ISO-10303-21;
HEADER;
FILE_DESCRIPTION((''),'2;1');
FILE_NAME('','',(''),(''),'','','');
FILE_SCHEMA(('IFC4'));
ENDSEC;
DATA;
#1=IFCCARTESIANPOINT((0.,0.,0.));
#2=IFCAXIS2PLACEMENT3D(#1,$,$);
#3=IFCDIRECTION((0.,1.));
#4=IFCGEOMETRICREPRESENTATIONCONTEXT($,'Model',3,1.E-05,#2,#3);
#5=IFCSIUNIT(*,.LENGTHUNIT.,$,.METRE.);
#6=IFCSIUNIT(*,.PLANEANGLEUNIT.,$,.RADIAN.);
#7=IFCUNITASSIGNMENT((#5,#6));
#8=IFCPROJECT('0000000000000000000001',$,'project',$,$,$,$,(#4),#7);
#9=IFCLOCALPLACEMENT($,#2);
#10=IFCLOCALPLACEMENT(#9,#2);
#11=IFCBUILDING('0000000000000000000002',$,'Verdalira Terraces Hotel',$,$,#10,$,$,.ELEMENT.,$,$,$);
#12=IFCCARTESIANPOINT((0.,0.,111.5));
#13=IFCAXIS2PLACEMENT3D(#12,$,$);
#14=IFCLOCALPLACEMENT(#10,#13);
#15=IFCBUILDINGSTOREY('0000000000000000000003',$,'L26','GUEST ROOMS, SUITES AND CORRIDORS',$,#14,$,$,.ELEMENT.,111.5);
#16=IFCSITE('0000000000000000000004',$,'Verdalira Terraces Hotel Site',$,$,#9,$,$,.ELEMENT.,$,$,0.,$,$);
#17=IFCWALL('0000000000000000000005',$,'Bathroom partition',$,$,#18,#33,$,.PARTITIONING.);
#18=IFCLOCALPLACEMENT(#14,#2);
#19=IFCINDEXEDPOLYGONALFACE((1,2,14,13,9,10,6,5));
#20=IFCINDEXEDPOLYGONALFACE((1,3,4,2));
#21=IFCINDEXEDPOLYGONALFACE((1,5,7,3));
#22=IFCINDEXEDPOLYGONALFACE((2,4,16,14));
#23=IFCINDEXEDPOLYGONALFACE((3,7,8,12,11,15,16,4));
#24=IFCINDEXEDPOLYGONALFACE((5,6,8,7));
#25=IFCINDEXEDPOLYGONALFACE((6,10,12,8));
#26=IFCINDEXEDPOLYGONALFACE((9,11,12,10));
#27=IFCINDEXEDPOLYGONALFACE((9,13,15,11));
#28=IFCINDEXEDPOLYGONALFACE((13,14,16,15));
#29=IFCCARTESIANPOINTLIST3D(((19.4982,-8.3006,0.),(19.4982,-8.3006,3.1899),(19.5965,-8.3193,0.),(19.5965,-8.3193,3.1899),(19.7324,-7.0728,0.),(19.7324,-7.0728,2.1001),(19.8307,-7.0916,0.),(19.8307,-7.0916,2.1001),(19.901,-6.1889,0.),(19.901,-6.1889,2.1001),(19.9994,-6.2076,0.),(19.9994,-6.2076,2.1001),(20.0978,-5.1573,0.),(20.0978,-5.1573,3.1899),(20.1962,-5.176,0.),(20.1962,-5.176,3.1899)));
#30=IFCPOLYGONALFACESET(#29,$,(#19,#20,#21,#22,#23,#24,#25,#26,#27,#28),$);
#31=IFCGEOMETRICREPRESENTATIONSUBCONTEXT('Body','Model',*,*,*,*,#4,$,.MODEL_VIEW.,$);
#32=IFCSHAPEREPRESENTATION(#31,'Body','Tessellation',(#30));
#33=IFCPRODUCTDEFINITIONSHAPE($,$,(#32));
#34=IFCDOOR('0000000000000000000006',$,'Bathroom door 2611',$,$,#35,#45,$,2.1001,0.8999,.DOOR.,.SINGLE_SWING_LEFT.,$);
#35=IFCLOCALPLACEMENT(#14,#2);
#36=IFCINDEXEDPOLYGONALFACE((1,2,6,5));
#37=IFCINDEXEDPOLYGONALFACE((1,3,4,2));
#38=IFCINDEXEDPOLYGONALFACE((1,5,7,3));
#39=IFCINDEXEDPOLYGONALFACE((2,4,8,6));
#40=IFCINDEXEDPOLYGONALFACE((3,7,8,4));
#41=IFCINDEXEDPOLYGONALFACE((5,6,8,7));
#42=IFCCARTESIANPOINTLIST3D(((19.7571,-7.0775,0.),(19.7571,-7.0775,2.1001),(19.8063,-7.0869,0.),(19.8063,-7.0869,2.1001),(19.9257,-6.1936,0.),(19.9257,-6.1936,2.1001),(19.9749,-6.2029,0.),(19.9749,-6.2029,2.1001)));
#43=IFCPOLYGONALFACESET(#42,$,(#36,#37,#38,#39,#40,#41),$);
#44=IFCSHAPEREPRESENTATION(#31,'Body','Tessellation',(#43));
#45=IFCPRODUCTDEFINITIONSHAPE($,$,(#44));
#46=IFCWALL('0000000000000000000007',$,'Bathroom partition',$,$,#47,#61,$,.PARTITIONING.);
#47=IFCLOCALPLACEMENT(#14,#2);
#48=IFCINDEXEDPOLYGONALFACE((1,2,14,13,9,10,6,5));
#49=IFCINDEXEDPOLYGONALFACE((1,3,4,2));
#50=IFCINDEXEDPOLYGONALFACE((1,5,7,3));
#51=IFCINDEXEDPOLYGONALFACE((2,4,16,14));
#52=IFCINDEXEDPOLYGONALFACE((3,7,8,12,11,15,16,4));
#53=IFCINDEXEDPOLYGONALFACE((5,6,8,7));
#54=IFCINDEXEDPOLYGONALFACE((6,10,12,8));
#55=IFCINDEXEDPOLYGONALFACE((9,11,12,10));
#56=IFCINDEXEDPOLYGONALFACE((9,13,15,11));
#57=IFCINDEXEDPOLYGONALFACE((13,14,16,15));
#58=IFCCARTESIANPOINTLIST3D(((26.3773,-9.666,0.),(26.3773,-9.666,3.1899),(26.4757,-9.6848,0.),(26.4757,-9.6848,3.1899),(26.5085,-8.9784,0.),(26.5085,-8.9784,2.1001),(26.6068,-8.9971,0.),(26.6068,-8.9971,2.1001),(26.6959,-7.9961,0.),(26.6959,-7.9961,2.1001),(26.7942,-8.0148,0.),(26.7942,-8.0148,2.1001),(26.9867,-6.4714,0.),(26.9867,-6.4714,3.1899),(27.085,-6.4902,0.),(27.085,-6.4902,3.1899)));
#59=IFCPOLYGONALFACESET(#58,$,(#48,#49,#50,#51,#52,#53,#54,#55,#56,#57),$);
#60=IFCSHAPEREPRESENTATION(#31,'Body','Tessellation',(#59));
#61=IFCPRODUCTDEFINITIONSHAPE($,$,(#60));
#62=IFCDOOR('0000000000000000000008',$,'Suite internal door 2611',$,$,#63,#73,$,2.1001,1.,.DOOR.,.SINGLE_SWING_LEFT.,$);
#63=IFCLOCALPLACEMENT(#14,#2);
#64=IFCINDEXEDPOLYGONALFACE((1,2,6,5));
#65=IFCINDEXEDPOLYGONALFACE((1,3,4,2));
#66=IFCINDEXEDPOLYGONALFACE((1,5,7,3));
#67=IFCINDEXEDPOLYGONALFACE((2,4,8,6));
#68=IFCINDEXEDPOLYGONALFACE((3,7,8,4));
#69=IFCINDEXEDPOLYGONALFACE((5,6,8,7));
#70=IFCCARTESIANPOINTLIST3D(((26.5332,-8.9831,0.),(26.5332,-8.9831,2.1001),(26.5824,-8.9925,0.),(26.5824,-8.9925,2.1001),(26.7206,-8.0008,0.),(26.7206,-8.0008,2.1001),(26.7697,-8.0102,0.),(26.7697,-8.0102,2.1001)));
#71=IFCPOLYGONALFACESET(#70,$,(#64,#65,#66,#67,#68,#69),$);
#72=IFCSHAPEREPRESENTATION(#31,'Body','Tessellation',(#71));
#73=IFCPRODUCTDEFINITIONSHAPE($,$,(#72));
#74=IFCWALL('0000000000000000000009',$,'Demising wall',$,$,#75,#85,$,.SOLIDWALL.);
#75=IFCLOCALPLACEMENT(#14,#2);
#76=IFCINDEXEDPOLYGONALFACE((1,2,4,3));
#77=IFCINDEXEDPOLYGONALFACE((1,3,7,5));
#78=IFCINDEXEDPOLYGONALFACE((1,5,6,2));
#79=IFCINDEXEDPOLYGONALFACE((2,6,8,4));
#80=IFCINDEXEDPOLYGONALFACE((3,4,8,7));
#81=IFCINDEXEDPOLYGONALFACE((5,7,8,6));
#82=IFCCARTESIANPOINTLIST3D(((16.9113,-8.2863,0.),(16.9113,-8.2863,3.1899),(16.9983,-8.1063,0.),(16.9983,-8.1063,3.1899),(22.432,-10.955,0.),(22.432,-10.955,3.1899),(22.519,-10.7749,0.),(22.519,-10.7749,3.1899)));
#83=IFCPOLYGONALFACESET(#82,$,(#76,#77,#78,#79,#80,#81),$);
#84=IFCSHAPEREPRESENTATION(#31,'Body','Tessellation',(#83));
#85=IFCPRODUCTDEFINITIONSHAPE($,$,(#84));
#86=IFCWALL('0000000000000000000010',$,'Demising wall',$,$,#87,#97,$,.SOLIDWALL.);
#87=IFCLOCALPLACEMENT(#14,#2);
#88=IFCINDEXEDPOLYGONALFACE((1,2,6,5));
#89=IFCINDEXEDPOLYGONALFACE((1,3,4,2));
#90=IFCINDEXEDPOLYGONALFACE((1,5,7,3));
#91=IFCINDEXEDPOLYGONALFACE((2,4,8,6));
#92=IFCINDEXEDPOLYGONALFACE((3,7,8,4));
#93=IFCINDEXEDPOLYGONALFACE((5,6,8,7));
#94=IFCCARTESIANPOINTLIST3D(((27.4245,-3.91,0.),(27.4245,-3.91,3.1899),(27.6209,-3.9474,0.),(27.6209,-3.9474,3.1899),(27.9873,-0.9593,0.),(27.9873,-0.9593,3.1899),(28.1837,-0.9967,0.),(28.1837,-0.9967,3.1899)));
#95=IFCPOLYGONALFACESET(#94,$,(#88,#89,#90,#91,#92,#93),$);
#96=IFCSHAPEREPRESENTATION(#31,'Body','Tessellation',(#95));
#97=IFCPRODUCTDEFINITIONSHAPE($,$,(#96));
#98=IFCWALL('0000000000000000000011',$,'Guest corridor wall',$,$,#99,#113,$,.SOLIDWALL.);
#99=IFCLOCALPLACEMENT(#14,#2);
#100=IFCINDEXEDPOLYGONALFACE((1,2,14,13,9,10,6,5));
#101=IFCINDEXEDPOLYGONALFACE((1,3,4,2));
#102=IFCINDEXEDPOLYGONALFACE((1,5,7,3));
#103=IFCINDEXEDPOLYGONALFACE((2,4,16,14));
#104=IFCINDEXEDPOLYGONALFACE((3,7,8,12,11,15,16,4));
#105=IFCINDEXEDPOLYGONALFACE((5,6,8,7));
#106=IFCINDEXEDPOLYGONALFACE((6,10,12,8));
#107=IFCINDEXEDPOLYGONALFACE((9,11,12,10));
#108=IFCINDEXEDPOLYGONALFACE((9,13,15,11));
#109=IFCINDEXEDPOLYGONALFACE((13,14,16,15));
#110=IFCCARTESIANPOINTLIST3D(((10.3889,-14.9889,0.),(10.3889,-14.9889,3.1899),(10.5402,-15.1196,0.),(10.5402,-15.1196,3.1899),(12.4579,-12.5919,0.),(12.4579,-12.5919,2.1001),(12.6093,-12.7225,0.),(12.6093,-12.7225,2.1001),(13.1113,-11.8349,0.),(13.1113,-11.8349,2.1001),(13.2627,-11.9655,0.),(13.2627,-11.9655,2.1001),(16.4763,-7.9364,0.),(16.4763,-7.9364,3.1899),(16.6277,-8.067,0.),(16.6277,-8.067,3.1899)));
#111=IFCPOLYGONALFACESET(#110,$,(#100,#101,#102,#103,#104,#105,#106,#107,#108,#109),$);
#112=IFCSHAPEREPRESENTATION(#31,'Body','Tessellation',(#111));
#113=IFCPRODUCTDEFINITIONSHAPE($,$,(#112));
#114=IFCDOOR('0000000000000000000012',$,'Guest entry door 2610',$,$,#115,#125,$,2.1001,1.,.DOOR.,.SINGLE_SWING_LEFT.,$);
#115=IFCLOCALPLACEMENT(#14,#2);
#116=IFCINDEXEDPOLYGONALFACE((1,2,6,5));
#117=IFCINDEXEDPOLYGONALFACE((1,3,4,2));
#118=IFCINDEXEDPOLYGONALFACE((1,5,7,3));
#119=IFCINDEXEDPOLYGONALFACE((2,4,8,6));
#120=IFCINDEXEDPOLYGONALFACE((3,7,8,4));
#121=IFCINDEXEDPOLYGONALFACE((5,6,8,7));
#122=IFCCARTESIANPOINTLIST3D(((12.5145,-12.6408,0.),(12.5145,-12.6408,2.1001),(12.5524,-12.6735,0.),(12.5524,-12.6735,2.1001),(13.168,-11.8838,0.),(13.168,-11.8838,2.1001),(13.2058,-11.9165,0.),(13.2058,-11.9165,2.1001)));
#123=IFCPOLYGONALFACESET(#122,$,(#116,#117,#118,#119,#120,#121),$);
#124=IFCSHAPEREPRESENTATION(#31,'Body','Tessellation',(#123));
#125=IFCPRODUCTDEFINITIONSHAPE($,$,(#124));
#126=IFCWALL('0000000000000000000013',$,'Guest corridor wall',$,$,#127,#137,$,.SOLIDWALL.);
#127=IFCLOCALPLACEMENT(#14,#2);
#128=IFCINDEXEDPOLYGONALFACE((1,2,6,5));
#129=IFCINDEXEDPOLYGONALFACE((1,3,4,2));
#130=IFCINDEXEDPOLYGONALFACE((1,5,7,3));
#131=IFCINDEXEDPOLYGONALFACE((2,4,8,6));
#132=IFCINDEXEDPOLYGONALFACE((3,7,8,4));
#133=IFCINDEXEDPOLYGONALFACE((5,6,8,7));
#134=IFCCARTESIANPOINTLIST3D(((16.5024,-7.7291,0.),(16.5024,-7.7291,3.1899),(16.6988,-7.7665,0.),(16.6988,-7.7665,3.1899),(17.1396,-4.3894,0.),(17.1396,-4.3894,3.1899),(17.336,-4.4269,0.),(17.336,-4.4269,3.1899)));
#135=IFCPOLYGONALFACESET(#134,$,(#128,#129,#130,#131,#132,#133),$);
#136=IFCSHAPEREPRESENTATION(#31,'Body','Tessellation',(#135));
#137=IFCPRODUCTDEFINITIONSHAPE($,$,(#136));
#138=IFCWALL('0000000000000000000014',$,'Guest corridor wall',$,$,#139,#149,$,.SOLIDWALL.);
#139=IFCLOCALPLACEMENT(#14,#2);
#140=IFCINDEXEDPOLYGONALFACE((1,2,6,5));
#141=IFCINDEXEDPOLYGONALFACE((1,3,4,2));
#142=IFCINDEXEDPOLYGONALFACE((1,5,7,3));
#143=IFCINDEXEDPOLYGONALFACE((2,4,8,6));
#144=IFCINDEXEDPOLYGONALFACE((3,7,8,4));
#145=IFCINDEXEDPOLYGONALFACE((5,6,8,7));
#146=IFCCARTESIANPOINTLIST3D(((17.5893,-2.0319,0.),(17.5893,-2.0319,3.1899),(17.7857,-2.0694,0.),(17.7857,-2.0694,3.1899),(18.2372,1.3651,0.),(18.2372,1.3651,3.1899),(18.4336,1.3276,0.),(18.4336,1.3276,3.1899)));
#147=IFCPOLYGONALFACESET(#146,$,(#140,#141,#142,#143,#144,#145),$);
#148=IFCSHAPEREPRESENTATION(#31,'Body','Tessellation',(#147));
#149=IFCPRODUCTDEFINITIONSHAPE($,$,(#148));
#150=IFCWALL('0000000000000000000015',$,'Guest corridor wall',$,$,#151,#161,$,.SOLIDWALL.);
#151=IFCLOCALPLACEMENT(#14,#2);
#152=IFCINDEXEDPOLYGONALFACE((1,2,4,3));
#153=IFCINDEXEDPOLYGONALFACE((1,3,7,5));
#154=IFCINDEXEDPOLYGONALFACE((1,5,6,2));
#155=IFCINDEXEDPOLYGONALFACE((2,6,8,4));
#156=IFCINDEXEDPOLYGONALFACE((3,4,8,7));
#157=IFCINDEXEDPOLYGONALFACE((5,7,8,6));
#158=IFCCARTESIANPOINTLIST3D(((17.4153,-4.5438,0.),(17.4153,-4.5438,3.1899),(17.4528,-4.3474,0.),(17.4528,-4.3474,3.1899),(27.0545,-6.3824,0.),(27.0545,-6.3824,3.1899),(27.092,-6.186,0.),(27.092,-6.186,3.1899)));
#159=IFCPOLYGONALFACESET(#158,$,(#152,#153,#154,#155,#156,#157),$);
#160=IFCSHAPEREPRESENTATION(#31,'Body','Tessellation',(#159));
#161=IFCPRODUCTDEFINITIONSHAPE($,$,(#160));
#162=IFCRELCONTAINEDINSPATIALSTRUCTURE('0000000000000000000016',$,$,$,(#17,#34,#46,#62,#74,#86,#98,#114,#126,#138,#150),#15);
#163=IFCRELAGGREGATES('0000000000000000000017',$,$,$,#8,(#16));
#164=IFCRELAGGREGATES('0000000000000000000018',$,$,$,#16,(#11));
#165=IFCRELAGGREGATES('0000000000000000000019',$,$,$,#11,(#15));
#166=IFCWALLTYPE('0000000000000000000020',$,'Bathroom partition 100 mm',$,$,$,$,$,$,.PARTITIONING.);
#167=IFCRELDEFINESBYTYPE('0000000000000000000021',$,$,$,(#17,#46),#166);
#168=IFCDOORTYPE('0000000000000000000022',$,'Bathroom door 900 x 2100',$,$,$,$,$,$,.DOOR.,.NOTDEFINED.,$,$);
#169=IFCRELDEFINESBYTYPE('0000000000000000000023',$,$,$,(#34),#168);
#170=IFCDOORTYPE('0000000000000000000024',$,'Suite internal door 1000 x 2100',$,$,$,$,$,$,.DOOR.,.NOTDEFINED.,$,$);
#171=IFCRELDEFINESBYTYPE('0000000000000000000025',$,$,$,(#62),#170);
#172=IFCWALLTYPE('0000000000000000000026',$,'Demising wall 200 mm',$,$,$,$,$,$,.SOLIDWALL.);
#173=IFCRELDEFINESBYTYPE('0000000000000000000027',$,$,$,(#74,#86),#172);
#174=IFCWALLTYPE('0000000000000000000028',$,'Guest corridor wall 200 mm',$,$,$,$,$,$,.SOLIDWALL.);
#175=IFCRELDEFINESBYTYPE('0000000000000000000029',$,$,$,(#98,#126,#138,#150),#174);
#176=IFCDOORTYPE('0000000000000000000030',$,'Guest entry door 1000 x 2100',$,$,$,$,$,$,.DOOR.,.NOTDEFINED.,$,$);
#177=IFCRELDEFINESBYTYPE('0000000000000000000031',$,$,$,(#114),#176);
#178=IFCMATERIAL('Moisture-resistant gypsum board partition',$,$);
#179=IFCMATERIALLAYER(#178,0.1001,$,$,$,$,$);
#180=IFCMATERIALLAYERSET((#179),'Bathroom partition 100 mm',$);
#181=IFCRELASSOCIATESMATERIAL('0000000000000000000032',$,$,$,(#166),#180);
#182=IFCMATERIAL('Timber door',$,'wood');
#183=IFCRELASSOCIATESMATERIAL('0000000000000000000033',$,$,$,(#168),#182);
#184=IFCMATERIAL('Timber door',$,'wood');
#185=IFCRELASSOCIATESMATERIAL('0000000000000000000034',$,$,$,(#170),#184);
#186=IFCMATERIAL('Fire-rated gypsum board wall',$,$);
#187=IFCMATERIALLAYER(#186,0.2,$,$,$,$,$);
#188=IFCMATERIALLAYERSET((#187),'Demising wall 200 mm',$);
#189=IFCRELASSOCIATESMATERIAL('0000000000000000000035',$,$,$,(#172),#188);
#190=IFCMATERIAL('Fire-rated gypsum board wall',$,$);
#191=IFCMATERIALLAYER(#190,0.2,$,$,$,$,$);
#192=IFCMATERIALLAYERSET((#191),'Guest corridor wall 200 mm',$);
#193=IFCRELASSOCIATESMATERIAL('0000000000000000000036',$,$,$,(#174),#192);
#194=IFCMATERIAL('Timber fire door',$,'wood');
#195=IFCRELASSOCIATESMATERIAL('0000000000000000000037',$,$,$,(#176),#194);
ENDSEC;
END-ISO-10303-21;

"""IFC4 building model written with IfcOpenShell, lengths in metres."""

from ifc_helpers import new_model, si_unit, direction, frame, frame_2d, origin, place, context, subcontext, project, spatial, rectangle, extrude, material, layer, layer_set, type_object, element, fill, save


model = new_model("IFC4")

# Units and contexts
model_context = context("Model", 3, precision=1e-05, world=origin(), true_north=direction((0.0, 1.0)))
body_context = subcontext(model_context, "Body", "Model", "MODEL_VIEW")
ifc_project = project(units=[si_unit("LENGTHUNIT", "METRE"), si_unit("PLANEANGLEUNIT", "RADIAN")], contexts=[model_context])

# Site, building, storey
site_placement = place(None, origin())
site = spatial("IfcSite", under=ifc_project, at=site_placement, Name="Verdalira Terraces Hotel Site", CompositionType="ELEMENT", RefElevation=0.0)
building_placement = place(site_placement, origin())
building = spatial("IfcBuilding", under=site, at=building_placement, Name="Verdalira Terraces Hotel", CompositionType="ELEMENT")
storey_placement = place(building_placement, frame((0.0, 0.0, 111.5)))
storey = spatial("IfcBuildingStorey", under=building, at=storey_placement, Name="L26", Description="GUEST ROOMS, SUITES AND CORRIDORS", CompositionType="ELEMENT", Elevation=111.5)

# Shared definitions
ifc_material_1 = material(Name="Moisture-resistant gypsum board partition")
ifc_layer_1 = layer(ifc_material_1, 0.1001)
ifc_layer_set_1 = layer_set([ifc_layer_1], Name="Bathroom partition 100 mm")
wall_type_1 = type_object("IfcWallType", Name="Bathroom partition 100 mm", PredefinedType="PARTITIONING", material=ifc_layer_set_1)

# Walls, openings, doors
wall_1_placement = place(storey_placement, frame((19.5474, -8.3101, 0.0), z_axis=(0.0, 0.0, 1.0), x_axis=(0.187379, 0.982288, 0.0)))
wall_1 = element("IfcWall", 1, at=wall_1_placement, inside=storey, type_object=wall_type_1, Name="Bathroom partition", PredefinedType="PARTITIONING", context=body_context, shape_type="SweptSolid", body=[
    extrude(rectangle(XDim=3.2, YDim=0.1001, at=frame_2d((1.6001, 0.0))), origin(), (0.0, 0.0, 1.0), 3.1899),
])
opening_1_placement = place(wall_1_placement, frame((1.25, 0.0, 0.0)))
opening_1 = element("IfcOpeningElement", 2, at=opening_1_placement, cuts=wall_1, PredefinedType="OPENING", context=body_context, shape_type="SweptSolid", body=[
    extrude(rectangle(XDim=0.8999, YDim=2.1001, at=frame_2d((0.45, 1.05))), frame((0.0, 0.0601, 0.0), z_axis=(0.0, -1.0, 0.0), x_axis=(1.0, 0.0, 0.0)), (0.0, 0.0, 1.0), 0.1201),
])
ifc_material_2 = material(Name="Timber door", Category="wood")
door_type_1 = type_object("IfcDoorType", Name="Bathroom door 900 x 2100", OperationType="NOTDEFINED", PredefinedType="DOOR", material=ifc_material_2)
door_1_placement = place(opening_1_placement, origin())
door_1 = element("IfcDoor", 3, at=door_1_placement, inside=storey, type_object=door_type_1, Name="Bathroom door 2611", OperationType="SINGLE_SWING_LEFT", OverallHeight=2.1001, OverallWidth=0.8999, PredefinedType="DOOR", context=body_context, shape_type="SweptSolid", body=[
    extrude(rectangle(XDim=0.8999, YDim=2.1001, at=frame_2d((0.45, 1.05))), frame((0.0, 0.0249, 0.0), z_axis=(0.0, -1.0, 0.0), x_axis=(1.0, 0.0, 0.0)), (0.0, 0.0, 1.0), 0.05),
])
fill(opening_1, door_1)
wall_2_placement = place(storey_placement, frame((26.4265, -9.6753, 0.0), z_axis=(0.0, 0.0, 1.0), x_axis=(0.187374, 0.982289, 0.0)))
wall_2 = element("IfcWall", 4, at=wall_2_placement, inside=storey, type_object=wall_type_1, Name="Bathroom partition", PredefinedType="PARTITIONING", context=body_context, shape_type="SweptSolid", body=[
    extrude(rectangle(XDim=3.2522, YDim=0.1001, at=frame_2d((1.626, 0.0))), origin(), (0.0, 0.0, 1.0), 3.1899),
])
opening_2_placement = place(wall_2_placement, frame((0.7, 0.0, 0.0)))
opening_2 = element("IfcOpeningElement", 5, at=opening_2_placement, cuts=wall_2, PredefinedType="OPENING", context=body_context, shape_type="SweptSolid", body=[
    extrude(rectangle(XDim=1.0, YDim=2.1001, at=frame_2d((0.5, 1.05))), frame((0.0, 0.0601, 0.0), z_axis=(0.0, -1.0, 0.0), x_axis=(1.0, 0.0, 0.0)), (0.0, 0.0, 1.0), 0.1201),
])
ifc_material_3 = material(Name="Timber door", Category="wood")
door_type_2 = type_object("IfcDoorType", Name="Suite internal door 1000 x 2100", OperationType="NOTDEFINED", PredefinedType="DOOR", material=ifc_material_3)
door_2_placement = place(opening_2_placement, origin())
door_2 = element("IfcDoor", 6, at=door_2_placement, inside=storey, type_object=door_type_2, Name="Suite internal door 2611", OperationType="SINGLE_SWING_LEFT", OverallHeight=2.1001, OverallWidth=1.0, PredefinedType="DOOR", context=body_context, shape_type="SweptSolid", body=[
    extrude(rectangle(XDim=1.0, YDim=2.1001, at=frame_2d((0.5, 1.05))), frame((0.0, 0.0249, 0.0), z_axis=(0.0, -1.0, 0.0), x_axis=(1.0, 0.0, 0.0)), (0.0, 0.0, 1.0), 0.05),
])
fill(opening_2, door_2)

# Walls
ifc_material_4 = material(Name="Fire-rated gypsum board wall")
ifc_layer_2 = layer(ifc_material_4, 0.2)
ifc_layer_set_2 = layer_set([ifc_layer_2], Name="Demising wall 200 mm")
wall_type_2 = type_object("IfcWallType", Name="Demising wall 200 mm", PredefinedType="SOLIDWALL", material=ifc_layer_set_2)
wall_3_placement = place(storey_placement, frame((16.9548, -8.1963, 0.0), z_axis=(0.0, 0.0, 1.0), x_axis=(0.900327, -0.435213, 0.0)))
element("IfcWall", 7, at=wall_3_placement, inside=storey, type_object=wall_type_2, Name="Demising wall", PredefinedType="SOLIDWALL", context=body_context, shape_type="SweptSolid", body=[
    extrude(rectangle(XDim=6.1318, YDim=0.2, at=frame_2d((3.0659, 0.0))), origin(), (0.0, 0.0, 1.0), 3.1899),
])
wall_4_placement = place(storey_placement, frame((27.5227, -3.9287, 0.0), z_axis=(0.0, 0.0, 1.0), x_axis=(0.18734, 0.982295, 0.0)))
element("IfcWall", 8, at=wall_4_placement, inside=storey, type_object=wall_type_2, Name="Demising wall", PredefinedType="SOLIDWALL", context=body_context, shape_type="SweptSolid", body=[
    extrude(rectangle(XDim=3.0039, YDim=0.2, at=frame_2d((1.502, 0.0))), origin(), (0.0, 0.0, 1.0), 3.1899),
])

# Wall, opening, door
ifc_material_5 = material(Name="Fire-rated gypsum board wall")
ifc_layer_3 = layer(ifc_material_5, 0.2)
ifc_layer_set_3 = layer_set([ifc_layer_3], Name="Guest corridor wall 200 mm")
wall_type_3 = type_object("IfcWallType", Name="Guest corridor wall 200 mm", PredefinedType="SOLIDWALL", material=ifc_layer_set_3)
wall_5_placement = place(storey_placement, frame((16.552, -8.0017, 0.0), z_axis=(0.0, 0.0, 1.0), x_axis=(-0.653412, -0.757003, 0.0)))
wall_5 = element("IfcWall", 9, at=wall_5_placement, inside=storey, type_object=wall_type_3, Name="Guest corridor wall", PredefinedType="SOLIDWALL", context=body_context, shape_type="SweptSolid", body=[
    extrude(rectangle(XDim=9.3164, YDim=0.2, at=frame_2d((4.6582, 0.0))), origin(), (0.0, 0.0, 1.0), 3.1899),
])
opening_3_placement = place(wall_5_placement, frame((5.1499, 0.0, 0.0)))
opening_3 = element("IfcOpeningElement", 10, at=opening_3_placement, cuts=wall_5, PredefinedType="OPENING", context=body_context, shape_type="SweptSolid", body=[
    extrude(rectangle(XDim=1.0, YDim=2.1001, at=frame_2d((0.5, 1.05))), frame((0.0, 0.1099, 0.0), z_axis=(0.0, -1.0, 0.0), x_axis=(1.0, 0.0, 0.0)), (0.0, 0.0, 1.0), 0.22),
])
ifc_material_6 = material(Name="Timber fire door", Category="wood")
door_type_3 = type_object("IfcDoorType", Name="Guest entry door 1000 x 2100", OperationType="NOTDEFINED", PredefinedType="DOOR", material=ifc_material_6)
door_3_placement = place(opening_3_placement, origin())
door_3 = element("IfcDoor", 11, at=door_3_placement, inside=storey, type_object=door_type_3, Name="Guest entry door 2610", OperationType="SINGLE_SWING_LEFT", OverallHeight=2.1001, OverallWidth=1.0, PredefinedType="DOOR", context=body_context, shape_type="SweptSolid", body=[
    extrude(rectangle(XDim=1.0, YDim=2.1001, at=frame_2d((0.5, 1.05))), frame((0.0, 0.0249, 0.0), z_axis=(0.0, -1.0, 0.0), x_axis=(1.0, 0.0, 0.0)), (0.0, 0.0, 1.0), 0.05),
])
fill(opening_3, door_3)

# Walls
wall_6_placement = place(storey_placement, frame((16.6006, -7.7478, 0.0), z_axis=(0.0, 0.0, 1.0), x_axis=(0.187422, 0.982279, 0.0)))
element("IfcWall", 12, at=wall_6_placement, inside=storey, type_object=wall_type_3, Name="Guest corridor wall", PredefinedType="SOLIDWALL", context=body_context, shape_type="SweptSolid", body=[
    extrude(rectangle(XDim=3.3999, YDim=0.2, at=frame_2d((1.7, 0.0))), origin(), (0.0, 0.0, 1.0), 3.1899),
])
wall_7_placement = place(storey_placement, frame((17.6875, -2.0505, 0.0), z_axis=(0.0, 0.0, 1.0), x_axis=(0.187365, 0.98229, 0.0)))
element("IfcWall", 13, at=wall_7_placement, inside=storey, type_object=wall_type_3, Name="Guest corridor wall", PredefinedType="SOLIDWALL", context=body_context, shape_type="SweptSolid", body=[
    extrude(rectangle(XDim=3.4583, YDim=0.2, at=frame_2d((1.729, 0.0))), origin(), (0.0, 0.0, 1.0), 3.1899),
])
wall_8_placement = place(storey_placement, frame((17.4341, -4.4456, 0.0), z_axis=(0.0, 0.0, 1.0), x_axis=(0.98229, -0.187367, 0.0)))
element("IfcWall", 14, at=wall_8_placement, inside=storey, type_object=wall_type_3, Name="Guest corridor wall", PredefinedType="SOLIDWALL", context=body_context, shape_type="SweptSolid", body=[
    extrude(rectangle(XDim=9.813, YDim=0.2, at=frame_2d((4.9065, 0.0))), origin(), (0.0, 0.0, 1.0), 3.1899),
])

save(model, "model.ifc")
